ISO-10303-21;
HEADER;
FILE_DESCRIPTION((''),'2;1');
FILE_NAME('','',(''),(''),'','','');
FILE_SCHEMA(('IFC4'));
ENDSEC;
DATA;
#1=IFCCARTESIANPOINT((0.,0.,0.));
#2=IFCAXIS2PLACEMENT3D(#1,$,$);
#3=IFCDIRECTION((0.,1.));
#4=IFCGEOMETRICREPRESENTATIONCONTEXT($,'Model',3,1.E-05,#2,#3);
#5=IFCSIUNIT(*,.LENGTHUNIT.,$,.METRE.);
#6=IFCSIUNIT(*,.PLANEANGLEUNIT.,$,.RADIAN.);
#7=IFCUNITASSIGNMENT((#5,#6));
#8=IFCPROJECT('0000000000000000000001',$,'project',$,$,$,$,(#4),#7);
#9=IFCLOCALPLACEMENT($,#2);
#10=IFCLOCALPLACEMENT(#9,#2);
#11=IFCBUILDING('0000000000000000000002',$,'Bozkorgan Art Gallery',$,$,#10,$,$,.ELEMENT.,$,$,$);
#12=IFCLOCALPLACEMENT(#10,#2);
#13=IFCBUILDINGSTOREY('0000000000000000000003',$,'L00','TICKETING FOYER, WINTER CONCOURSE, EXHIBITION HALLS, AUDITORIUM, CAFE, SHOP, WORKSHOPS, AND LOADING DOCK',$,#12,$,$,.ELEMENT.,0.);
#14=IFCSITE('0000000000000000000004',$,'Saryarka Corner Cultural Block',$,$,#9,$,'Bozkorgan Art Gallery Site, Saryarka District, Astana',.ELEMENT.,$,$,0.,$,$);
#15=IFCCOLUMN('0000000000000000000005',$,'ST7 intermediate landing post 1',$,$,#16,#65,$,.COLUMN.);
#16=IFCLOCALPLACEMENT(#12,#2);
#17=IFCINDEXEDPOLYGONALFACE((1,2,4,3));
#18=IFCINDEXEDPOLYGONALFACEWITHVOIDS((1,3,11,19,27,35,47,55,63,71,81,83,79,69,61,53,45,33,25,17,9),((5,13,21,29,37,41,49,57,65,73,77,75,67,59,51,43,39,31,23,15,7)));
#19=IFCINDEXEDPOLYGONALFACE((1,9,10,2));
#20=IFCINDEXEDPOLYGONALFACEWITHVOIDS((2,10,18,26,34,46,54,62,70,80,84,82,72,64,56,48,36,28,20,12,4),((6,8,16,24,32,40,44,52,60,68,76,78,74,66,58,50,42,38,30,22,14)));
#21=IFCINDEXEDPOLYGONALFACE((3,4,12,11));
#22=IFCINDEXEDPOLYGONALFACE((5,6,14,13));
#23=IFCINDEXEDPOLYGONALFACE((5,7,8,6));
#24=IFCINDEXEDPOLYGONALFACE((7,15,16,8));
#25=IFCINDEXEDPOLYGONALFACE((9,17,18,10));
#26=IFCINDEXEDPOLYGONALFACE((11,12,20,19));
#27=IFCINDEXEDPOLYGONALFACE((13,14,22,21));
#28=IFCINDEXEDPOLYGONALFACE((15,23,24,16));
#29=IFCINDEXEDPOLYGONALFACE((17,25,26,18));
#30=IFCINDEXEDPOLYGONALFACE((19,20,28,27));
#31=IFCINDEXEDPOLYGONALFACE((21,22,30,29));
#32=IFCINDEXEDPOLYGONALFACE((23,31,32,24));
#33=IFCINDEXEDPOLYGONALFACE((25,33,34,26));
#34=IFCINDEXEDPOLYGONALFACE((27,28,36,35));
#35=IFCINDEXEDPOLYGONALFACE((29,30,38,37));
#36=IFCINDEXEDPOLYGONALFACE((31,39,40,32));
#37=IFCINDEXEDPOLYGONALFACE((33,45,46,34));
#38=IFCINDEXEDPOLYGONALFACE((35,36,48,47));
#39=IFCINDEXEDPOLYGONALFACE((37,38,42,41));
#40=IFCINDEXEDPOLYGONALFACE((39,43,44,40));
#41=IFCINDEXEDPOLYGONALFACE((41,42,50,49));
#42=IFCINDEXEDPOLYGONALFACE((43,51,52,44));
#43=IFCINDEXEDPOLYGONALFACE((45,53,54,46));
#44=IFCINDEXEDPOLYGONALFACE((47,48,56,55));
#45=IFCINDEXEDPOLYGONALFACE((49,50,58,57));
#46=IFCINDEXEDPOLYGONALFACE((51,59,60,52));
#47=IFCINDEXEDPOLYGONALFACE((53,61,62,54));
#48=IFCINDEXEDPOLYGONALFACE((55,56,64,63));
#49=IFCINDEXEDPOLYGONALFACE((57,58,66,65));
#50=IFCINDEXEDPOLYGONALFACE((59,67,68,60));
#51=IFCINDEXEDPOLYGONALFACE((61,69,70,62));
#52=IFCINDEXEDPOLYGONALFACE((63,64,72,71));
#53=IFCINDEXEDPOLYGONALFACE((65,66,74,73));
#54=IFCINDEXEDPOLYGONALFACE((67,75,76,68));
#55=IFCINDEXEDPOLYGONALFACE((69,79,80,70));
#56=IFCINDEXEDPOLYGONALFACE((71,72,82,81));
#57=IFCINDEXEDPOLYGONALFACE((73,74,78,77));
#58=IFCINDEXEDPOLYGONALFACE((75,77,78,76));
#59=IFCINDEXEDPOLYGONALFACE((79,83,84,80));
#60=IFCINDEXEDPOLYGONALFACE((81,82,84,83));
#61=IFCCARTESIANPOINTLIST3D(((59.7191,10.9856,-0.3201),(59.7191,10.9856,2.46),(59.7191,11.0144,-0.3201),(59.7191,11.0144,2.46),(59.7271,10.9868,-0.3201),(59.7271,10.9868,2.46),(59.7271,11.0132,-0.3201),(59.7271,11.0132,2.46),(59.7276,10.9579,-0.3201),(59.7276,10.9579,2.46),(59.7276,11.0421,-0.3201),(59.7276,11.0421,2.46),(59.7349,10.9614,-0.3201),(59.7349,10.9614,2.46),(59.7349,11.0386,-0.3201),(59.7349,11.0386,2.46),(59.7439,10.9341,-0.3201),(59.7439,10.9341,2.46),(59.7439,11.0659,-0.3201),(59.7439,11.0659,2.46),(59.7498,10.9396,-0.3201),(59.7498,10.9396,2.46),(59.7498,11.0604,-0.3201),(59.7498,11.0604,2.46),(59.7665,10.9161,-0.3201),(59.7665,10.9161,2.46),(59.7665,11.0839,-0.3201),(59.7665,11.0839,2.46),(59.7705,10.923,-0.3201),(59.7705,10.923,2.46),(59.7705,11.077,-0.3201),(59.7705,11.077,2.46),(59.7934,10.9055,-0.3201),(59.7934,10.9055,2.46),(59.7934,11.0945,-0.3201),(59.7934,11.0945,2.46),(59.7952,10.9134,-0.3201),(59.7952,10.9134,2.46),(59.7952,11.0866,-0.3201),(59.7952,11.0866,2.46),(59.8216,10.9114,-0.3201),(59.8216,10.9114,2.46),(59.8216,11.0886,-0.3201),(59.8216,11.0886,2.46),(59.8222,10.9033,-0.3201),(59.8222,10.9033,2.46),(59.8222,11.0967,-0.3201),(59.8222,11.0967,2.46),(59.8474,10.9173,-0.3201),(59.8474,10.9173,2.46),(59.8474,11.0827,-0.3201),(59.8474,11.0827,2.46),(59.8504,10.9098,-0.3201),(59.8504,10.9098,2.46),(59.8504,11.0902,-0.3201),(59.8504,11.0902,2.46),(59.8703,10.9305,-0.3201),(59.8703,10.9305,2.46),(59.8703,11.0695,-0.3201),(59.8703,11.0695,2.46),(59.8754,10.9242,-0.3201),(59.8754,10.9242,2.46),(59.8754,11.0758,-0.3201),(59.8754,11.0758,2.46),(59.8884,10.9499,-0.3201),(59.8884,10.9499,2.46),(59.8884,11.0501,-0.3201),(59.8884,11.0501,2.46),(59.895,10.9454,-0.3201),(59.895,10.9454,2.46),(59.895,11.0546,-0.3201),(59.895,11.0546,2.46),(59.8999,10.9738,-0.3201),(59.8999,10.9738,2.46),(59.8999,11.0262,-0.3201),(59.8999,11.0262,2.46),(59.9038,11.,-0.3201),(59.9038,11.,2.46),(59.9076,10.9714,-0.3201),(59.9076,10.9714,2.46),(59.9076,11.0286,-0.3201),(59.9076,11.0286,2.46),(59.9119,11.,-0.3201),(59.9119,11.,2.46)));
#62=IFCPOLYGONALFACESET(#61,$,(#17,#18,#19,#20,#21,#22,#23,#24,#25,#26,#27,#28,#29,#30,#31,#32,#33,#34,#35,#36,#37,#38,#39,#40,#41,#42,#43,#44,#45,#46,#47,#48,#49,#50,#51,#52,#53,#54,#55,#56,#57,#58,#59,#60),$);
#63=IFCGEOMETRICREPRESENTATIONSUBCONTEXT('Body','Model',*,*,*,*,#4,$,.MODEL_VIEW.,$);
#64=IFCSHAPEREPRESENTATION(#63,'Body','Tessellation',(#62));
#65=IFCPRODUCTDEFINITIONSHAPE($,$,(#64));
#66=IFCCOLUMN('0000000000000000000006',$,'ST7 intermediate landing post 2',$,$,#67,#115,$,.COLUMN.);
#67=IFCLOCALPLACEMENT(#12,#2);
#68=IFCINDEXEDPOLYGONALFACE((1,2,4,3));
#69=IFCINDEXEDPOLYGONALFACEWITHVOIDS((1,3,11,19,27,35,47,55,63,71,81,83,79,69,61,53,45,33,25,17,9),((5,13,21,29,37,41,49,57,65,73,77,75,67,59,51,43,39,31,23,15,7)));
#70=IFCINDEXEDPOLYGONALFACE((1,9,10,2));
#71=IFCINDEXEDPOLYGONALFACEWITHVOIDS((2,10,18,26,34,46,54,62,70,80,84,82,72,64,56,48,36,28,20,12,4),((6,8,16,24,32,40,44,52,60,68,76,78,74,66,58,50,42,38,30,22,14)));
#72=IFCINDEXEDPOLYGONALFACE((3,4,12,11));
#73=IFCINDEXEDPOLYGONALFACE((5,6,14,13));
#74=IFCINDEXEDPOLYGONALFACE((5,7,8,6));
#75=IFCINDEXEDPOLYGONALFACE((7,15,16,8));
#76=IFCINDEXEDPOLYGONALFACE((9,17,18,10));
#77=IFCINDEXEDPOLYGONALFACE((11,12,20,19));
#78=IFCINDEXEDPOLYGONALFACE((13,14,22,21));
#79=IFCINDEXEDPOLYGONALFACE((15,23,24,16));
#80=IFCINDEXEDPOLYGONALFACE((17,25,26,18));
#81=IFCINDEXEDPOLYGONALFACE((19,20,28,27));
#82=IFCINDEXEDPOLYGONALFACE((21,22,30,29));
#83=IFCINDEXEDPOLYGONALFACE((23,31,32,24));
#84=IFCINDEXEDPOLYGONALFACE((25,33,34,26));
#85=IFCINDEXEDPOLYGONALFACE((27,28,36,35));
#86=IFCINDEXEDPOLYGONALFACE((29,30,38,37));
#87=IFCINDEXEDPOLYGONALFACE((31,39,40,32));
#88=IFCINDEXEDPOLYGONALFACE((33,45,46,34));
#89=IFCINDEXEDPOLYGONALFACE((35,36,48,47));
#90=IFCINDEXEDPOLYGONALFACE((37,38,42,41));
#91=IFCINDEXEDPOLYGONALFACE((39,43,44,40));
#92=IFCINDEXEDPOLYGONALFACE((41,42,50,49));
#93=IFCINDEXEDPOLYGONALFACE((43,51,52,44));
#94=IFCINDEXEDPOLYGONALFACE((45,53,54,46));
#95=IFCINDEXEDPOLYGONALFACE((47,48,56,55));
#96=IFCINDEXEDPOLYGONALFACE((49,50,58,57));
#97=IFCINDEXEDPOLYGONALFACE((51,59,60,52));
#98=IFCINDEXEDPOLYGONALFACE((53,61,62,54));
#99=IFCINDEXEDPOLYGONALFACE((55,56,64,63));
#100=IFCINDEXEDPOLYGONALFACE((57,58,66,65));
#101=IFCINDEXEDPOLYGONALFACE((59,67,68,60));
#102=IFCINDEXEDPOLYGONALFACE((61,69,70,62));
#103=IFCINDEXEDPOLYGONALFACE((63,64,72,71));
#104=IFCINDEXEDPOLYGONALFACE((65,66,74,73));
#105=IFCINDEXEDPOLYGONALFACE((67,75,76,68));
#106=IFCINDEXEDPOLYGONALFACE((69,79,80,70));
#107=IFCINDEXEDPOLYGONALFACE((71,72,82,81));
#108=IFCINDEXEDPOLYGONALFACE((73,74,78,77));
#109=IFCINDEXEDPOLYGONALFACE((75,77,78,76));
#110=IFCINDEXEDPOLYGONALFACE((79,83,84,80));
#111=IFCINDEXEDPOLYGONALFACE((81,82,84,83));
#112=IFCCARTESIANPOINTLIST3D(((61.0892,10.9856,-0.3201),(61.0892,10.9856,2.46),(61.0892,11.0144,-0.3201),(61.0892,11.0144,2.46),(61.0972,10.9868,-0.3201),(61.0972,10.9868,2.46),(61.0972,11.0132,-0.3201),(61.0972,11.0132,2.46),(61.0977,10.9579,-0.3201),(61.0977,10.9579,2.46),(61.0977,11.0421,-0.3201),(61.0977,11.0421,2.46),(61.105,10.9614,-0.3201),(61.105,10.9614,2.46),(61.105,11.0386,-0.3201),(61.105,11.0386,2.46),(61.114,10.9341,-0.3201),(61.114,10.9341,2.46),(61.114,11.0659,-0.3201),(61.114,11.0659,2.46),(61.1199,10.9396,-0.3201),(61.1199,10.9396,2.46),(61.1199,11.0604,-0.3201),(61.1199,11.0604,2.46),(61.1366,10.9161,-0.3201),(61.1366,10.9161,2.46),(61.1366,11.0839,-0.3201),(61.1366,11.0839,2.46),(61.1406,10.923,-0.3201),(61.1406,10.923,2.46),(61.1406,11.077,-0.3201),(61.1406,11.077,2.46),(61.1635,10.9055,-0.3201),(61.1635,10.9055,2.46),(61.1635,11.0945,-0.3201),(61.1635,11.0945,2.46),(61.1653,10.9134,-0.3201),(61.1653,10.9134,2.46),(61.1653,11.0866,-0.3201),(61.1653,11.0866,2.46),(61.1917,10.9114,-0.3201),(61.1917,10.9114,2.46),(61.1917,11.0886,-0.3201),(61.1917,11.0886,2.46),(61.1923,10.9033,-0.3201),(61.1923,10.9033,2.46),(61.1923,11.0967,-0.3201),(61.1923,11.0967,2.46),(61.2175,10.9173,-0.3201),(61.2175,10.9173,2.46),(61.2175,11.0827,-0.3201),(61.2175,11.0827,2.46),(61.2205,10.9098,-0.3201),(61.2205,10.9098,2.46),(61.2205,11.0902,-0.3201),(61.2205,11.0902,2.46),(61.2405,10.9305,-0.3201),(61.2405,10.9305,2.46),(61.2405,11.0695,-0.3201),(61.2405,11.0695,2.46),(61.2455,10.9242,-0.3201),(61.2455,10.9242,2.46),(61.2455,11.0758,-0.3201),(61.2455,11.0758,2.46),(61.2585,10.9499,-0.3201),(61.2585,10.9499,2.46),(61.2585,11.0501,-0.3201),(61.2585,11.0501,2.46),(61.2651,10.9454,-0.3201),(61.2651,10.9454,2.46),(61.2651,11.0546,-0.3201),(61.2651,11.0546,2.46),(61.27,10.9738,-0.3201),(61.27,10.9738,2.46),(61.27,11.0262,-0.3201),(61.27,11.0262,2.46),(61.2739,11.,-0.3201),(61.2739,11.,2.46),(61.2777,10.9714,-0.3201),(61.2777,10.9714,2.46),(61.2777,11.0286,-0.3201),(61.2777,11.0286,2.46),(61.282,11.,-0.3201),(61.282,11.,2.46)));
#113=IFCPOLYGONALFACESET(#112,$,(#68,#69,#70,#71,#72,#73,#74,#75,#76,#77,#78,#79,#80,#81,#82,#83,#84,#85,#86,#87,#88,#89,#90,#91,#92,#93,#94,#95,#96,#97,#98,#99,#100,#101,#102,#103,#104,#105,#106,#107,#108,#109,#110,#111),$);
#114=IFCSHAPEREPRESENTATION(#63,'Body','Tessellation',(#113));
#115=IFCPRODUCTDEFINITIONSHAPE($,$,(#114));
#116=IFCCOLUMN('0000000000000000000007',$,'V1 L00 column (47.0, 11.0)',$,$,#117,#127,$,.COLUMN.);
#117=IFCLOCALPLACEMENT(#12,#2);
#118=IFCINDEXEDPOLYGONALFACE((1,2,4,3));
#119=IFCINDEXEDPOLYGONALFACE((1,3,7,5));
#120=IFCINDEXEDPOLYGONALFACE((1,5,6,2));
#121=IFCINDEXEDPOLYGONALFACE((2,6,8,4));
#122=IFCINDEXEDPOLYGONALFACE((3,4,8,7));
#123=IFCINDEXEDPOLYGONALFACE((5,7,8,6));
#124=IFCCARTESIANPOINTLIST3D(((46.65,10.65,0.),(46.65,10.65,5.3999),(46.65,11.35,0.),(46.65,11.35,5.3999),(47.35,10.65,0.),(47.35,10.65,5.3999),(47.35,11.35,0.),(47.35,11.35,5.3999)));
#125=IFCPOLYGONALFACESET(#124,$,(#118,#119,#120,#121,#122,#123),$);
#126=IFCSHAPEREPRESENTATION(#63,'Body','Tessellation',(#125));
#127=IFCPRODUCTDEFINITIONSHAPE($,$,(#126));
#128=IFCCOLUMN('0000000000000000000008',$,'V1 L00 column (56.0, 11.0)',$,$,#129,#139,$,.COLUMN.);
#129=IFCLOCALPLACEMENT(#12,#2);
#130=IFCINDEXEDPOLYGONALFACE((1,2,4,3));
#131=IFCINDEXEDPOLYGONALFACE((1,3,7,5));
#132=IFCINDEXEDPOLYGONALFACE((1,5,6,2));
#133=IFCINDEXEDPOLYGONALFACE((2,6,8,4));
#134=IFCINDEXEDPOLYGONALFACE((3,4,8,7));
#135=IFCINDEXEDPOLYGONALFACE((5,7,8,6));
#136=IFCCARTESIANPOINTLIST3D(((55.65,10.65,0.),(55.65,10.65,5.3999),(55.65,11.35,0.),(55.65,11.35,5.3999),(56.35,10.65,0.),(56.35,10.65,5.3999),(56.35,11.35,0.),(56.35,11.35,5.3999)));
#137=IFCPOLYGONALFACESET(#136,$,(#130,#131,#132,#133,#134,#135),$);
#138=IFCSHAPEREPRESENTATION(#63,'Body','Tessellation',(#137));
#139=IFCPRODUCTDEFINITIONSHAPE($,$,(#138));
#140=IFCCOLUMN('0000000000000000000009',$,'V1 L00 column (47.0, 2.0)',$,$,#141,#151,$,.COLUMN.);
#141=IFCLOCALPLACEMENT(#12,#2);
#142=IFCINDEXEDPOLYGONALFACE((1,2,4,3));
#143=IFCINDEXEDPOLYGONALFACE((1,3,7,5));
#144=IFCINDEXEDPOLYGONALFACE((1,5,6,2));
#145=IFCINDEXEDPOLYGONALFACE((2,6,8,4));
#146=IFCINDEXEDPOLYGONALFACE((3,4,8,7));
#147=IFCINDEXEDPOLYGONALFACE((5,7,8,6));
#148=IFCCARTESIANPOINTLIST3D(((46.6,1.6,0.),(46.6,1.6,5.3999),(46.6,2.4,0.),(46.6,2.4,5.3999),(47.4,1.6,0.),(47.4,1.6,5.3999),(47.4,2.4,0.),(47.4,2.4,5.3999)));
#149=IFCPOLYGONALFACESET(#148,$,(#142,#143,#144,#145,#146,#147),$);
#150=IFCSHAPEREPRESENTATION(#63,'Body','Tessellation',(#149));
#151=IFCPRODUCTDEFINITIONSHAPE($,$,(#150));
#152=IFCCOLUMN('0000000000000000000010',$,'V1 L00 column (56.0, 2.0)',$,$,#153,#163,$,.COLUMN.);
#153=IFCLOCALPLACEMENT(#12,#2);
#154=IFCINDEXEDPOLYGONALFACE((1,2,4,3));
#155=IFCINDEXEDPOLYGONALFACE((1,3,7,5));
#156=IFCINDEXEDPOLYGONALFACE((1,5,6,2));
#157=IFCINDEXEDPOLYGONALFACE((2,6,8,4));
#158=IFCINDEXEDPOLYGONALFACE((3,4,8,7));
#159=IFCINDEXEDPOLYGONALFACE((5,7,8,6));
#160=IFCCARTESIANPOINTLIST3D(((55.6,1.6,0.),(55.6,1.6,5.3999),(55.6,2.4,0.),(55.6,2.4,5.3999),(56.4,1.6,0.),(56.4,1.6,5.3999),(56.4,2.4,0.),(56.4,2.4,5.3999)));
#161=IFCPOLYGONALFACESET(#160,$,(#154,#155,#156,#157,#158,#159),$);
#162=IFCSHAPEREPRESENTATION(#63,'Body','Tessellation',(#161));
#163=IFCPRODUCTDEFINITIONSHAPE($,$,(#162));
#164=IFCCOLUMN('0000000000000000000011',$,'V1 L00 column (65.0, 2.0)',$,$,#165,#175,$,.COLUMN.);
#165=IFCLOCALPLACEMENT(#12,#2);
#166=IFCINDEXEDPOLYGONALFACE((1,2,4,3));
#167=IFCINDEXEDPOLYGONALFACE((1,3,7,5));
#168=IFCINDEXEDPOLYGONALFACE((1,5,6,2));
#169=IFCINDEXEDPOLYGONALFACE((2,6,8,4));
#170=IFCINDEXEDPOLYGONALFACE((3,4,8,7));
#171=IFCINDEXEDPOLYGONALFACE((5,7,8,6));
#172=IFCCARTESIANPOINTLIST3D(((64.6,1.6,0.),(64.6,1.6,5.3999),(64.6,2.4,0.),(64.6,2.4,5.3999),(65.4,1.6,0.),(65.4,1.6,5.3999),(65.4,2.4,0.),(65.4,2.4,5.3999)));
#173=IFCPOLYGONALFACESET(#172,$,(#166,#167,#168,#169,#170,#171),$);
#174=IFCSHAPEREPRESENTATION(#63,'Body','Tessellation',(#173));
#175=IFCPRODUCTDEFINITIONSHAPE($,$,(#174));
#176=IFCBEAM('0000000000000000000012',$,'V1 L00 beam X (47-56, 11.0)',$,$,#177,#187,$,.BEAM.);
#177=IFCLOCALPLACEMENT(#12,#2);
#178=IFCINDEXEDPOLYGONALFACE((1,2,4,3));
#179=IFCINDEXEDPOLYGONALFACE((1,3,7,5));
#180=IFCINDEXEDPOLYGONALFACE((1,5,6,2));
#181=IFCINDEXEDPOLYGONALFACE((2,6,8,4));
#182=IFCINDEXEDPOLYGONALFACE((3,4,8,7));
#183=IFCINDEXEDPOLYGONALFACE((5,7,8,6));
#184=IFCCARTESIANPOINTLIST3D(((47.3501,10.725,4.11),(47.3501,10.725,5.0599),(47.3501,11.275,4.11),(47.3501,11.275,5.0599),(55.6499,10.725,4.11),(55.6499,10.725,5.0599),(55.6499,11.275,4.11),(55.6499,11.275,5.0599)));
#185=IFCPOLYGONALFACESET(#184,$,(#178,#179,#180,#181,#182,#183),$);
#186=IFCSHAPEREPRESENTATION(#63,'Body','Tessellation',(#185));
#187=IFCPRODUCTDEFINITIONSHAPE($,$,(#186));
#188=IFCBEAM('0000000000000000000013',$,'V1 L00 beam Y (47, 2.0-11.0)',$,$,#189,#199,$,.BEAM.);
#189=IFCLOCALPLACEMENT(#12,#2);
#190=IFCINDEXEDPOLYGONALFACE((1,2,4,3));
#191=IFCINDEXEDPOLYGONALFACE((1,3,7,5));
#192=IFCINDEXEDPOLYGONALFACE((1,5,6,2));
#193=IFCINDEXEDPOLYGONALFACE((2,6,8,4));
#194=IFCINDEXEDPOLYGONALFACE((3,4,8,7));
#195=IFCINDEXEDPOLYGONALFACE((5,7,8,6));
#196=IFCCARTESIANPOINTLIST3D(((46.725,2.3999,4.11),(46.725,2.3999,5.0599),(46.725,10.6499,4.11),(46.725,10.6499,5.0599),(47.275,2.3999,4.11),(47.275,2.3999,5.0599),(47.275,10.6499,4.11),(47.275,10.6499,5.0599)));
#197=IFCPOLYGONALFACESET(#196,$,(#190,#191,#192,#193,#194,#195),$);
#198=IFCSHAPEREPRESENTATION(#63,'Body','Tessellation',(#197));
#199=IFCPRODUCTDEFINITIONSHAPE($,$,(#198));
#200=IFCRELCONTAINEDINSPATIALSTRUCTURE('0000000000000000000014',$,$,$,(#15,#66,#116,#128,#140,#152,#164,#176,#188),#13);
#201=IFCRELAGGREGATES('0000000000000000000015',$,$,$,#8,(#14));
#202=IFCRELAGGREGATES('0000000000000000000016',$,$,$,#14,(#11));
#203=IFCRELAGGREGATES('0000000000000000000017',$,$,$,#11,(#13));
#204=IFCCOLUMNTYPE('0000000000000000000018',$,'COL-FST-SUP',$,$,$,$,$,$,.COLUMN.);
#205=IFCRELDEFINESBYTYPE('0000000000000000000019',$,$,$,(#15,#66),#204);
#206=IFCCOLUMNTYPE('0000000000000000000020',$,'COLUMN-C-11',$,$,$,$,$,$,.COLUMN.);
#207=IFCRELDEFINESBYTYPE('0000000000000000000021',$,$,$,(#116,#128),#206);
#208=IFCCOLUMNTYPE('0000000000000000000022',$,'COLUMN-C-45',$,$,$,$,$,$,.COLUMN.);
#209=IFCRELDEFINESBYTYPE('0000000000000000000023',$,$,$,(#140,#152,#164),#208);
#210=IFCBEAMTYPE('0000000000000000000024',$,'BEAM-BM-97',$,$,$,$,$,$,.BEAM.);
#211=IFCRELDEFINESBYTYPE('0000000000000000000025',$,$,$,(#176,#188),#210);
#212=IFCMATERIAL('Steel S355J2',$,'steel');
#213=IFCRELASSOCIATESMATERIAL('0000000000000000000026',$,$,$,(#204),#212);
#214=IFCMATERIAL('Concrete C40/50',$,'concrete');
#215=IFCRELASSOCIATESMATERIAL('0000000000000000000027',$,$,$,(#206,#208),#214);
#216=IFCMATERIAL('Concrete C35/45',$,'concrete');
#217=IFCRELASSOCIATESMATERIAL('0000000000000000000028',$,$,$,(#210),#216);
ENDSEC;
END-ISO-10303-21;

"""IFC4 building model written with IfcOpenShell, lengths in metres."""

from ifc_helpers import new_model, si_unit, direction, frame, origin, origin_2d, place, context, subcontext, project, spatial, rectangle, hollow_circle, extrude, material, material_profile, profile_set, type_object, element, save


model = new_model("IFC4")

# Units and contexts
model_context = context("Model", 3, precision=1e-05, world=origin(), true_north=direction((0.0, 1.0)))
body_context = subcontext(model_context, "Body", "Model", "MODEL_VIEW")
ifc_project = project(units=[si_unit("LENGTHUNIT", "METRE"), si_unit("PLANEANGLEUNIT", "RADIAN")], contexts=[model_context])

# Site, building, storey
site_placement = place(None, origin())
site = spatial("IfcSite", under=ifc_project, at=site_placement, Name="Saryarka Corner Cultural Block", LongName="Bozkorgan Art Gallery Site, Saryarka District, Astana", CompositionType="ELEMENT", RefElevation=0.0)
building_placement = place(site_placement, origin())
building = spatial("IfcBuilding", under=site, at=building_placement, Name="Bozkorgan Art Gallery", CompositionType="ELEMENT")
storey_placement = place(building_placement, origin())
storey = spatial("IfcBuildingStorey", under=building, at=storey_placement, Name="L00", Description="TICKETING FOYER, WINTER CONCOURSE, EXHIBITION HALLS, AUDITORIUM, CAFE, SHOP, WORKSHOPS, AND LOADING DOCK", CompositionType="ELEMENT", Elevation=0.0)

# Columns
ifc_material_1 = material(Name="Steel S355J2", Category="steel")
ifc_material_profile_1 = material_profile(ifc_material_1, hollow_circle(Radius=0.0969, WallThickness=0.0081, at=origin_2d()), Name="CHS 193.7x8")
ifc_profile_set_1 = profile_set([ifc_material_profile_1], Name="Steel S355J2")
column_type_1 = type_object("IfcColumnType", Name="COL-FST-SUP", PredefinedType="COLUMN", material=ifc_profile_set_1)
for number, where, z_axis, x_axis, name in (
    (1, (59.8149, 11.0, -0.3201), (0.0, 0.0, 1.0), (1.0, 0.0, 0.0), "ST7 intermediate landing post 1"),
    (2, (61.1851, 11.0, -0.3201), (0.0, 0.0, 1.0), (1.0, 0.0, 0.0), "ST7 intermediate landing post 2"),
):
    element("IfcColumn", number, at=place(storey_placement, frame(where, z_axis=z_axis, x_axis=x_axis)), inside=storey, type_object=column_type_1, Name=name, PredefinedType="COLUMN", context=body_context, shape_type="SweptSolid", body=[
        extrude(hollow_circle(Radius=0.0969, WallThickness=0.0081, at=origin_2d()), origin(), (0.0, 0.0, 1.0), 2.78),
    ])
ifc_material_2 = material(Name="Concrete C40/50", Category="concrete")
ifc_material_profile_2 = material_profile(ifc_material_2, rectangle(XDim=0.7, YDim=0.7, at=origin_2d()), Name="RC 700x700")
ifc_profile_set_2 = profile_set([ifc_material_profile_2], Name="Concrete C40/50")
column_type_2 = type_object("IfcColumnType", Name="COLUMN-C-11", PredefinedType="COLUMN", material=ifc_profile_set_2)
for number, where, z_axis, x_axis, name in (
    (3, (47.0, 11.0, 0.0), (0.0, 0.0, 1.0), (1.0, 0.0, 0.0), "V1 L00 column (47.0, 11.0)"),
    (4, (56.0, 11.0, 0.0), (0.0, 0.0, 1.0), (1.0, 0.0, 0.0), "V1 L00 column (56.0, 11.0)"),
):
    element("IfcColumn", number, at=place(storey_placement, frame(where, z_axis=z_axis, x_axis=x_axis)), inside=storey, type_object=column_type_2, Name=name, PredefinedType="COLUMN", context=body_context, shape_type="SweptSolid", body=[
        extrude(rectangle(XDim=0.7, YDim=0.7, at=origin_2d()), origin(), (0.0, 0.0, 1.0), 5.3999),
    ])
ifc_material_profile_3 = material_profile(ifc_material_2, rectangle(XDim=0.8, YDim=0.8, at=origin_2d()), Name="RC 800x800")
ifc_profile_set_3 = profile_set([ifc_material_profile_3], Name="Concrete C40/50")
column_type_3 = type_object("IfcColumnType", Name="COLUMN-C-45", PredefinedType="COLUMN", material=ifc_profile_set_3)
for number, where, z_axis, x_axis, name in (
    (5, (47.0, 2.0, 0.0), (0.0, 0.0, 1.0), (1.0, 0.0, 0.0), "V1 L00 column (47.0, 2.0)"),
    (6, (56.0, 2.0, 0.0), (0.0, 0.0, 1.0), (1.0, 0.0, 0.0), "V1 L00 column (56.0, 2.0)"),
    (7, (65.0, 2.0, 0.0), (0.0, 0.0, 1.0), (1.0, 0.0, 0.0), "V1 L00 column (65.0, 2.0)"),
):
    element("IfcColumn", number, at=place(storey_placement, frame(where, z_axis=z_axis, x_axis=x_axis)), inside=storey, type_object=column_type_3, Name=name, PredefinedType="COLUMN", context=body_context, shape_type="SweptSolid", body=[
        extrude(rectangle(XDim=0.8, YDim=0.8, at=origin_2d()), origin(), (0.0, 0.0, 1.0), 5.3999),
    ])

# Beams
ifc_material_3 = material(Name="Concrete C35/45", Category="concrete")
ifc_material_profile_4 = material_profile(ifc_material_3, rectangle(XDim=0.55, YDim=0.95, at=origin_2d()), Name="RC 550x950")
ifc_profile_set_4 = profile_set([ifc_material_profile_4], Name="Concrete C35/45")
beam_type_1 = type_object("IfcBeamType", Name="BEAM-BM-97", PredefinedType="BEAM", material=ifc_profile_set_4)
beam_1_placement = place(storey_placement, frame((47.3501, 11.0, 4.585), z_axis=(1.0, 0.0, 0.0), x_axis=(0.0, 1.0, 0.0)))
element("IfcBeam", 8, at=beam_1_placement, inside=storey, type_object=beam_type_1, Name="V1 L00 beam X (47-56, 11.0)", PredefinedType="BEAM", context=body_context, shape_type="SweptSolid", body=[
    extrude(rectangle(XDim=0.55, YDim=0.95, at=origin_2d()), origin(), (0.0, 0.0, 1.0), 8.2998),
])
for number, where, z_axis, x_axis, name in (
    (9, (47.0, 2.3999, 4.585), (0.0, 1.0, 0.0), (-1.0, 0.0, 0.0), "V1 L00 beam Y (47, 2.0-11.0)"),
):
    element("IfcBeam", number, at=place(storey_placement, frame(where, z_axis=z_axis, x_axis=x_axis)), inside=storey, type_object=beam_type_1, Name=name, PredefinedType="BEAM", context=body_context, shape_type="SweptSolid", body=[
        extrude(rectangle(XDim=0.55, YDim=0.95, at=origin_2d()), origin(), (0.0, 0.0, 1.0), 8.25),
    ])

save(model, "model.ifc")
